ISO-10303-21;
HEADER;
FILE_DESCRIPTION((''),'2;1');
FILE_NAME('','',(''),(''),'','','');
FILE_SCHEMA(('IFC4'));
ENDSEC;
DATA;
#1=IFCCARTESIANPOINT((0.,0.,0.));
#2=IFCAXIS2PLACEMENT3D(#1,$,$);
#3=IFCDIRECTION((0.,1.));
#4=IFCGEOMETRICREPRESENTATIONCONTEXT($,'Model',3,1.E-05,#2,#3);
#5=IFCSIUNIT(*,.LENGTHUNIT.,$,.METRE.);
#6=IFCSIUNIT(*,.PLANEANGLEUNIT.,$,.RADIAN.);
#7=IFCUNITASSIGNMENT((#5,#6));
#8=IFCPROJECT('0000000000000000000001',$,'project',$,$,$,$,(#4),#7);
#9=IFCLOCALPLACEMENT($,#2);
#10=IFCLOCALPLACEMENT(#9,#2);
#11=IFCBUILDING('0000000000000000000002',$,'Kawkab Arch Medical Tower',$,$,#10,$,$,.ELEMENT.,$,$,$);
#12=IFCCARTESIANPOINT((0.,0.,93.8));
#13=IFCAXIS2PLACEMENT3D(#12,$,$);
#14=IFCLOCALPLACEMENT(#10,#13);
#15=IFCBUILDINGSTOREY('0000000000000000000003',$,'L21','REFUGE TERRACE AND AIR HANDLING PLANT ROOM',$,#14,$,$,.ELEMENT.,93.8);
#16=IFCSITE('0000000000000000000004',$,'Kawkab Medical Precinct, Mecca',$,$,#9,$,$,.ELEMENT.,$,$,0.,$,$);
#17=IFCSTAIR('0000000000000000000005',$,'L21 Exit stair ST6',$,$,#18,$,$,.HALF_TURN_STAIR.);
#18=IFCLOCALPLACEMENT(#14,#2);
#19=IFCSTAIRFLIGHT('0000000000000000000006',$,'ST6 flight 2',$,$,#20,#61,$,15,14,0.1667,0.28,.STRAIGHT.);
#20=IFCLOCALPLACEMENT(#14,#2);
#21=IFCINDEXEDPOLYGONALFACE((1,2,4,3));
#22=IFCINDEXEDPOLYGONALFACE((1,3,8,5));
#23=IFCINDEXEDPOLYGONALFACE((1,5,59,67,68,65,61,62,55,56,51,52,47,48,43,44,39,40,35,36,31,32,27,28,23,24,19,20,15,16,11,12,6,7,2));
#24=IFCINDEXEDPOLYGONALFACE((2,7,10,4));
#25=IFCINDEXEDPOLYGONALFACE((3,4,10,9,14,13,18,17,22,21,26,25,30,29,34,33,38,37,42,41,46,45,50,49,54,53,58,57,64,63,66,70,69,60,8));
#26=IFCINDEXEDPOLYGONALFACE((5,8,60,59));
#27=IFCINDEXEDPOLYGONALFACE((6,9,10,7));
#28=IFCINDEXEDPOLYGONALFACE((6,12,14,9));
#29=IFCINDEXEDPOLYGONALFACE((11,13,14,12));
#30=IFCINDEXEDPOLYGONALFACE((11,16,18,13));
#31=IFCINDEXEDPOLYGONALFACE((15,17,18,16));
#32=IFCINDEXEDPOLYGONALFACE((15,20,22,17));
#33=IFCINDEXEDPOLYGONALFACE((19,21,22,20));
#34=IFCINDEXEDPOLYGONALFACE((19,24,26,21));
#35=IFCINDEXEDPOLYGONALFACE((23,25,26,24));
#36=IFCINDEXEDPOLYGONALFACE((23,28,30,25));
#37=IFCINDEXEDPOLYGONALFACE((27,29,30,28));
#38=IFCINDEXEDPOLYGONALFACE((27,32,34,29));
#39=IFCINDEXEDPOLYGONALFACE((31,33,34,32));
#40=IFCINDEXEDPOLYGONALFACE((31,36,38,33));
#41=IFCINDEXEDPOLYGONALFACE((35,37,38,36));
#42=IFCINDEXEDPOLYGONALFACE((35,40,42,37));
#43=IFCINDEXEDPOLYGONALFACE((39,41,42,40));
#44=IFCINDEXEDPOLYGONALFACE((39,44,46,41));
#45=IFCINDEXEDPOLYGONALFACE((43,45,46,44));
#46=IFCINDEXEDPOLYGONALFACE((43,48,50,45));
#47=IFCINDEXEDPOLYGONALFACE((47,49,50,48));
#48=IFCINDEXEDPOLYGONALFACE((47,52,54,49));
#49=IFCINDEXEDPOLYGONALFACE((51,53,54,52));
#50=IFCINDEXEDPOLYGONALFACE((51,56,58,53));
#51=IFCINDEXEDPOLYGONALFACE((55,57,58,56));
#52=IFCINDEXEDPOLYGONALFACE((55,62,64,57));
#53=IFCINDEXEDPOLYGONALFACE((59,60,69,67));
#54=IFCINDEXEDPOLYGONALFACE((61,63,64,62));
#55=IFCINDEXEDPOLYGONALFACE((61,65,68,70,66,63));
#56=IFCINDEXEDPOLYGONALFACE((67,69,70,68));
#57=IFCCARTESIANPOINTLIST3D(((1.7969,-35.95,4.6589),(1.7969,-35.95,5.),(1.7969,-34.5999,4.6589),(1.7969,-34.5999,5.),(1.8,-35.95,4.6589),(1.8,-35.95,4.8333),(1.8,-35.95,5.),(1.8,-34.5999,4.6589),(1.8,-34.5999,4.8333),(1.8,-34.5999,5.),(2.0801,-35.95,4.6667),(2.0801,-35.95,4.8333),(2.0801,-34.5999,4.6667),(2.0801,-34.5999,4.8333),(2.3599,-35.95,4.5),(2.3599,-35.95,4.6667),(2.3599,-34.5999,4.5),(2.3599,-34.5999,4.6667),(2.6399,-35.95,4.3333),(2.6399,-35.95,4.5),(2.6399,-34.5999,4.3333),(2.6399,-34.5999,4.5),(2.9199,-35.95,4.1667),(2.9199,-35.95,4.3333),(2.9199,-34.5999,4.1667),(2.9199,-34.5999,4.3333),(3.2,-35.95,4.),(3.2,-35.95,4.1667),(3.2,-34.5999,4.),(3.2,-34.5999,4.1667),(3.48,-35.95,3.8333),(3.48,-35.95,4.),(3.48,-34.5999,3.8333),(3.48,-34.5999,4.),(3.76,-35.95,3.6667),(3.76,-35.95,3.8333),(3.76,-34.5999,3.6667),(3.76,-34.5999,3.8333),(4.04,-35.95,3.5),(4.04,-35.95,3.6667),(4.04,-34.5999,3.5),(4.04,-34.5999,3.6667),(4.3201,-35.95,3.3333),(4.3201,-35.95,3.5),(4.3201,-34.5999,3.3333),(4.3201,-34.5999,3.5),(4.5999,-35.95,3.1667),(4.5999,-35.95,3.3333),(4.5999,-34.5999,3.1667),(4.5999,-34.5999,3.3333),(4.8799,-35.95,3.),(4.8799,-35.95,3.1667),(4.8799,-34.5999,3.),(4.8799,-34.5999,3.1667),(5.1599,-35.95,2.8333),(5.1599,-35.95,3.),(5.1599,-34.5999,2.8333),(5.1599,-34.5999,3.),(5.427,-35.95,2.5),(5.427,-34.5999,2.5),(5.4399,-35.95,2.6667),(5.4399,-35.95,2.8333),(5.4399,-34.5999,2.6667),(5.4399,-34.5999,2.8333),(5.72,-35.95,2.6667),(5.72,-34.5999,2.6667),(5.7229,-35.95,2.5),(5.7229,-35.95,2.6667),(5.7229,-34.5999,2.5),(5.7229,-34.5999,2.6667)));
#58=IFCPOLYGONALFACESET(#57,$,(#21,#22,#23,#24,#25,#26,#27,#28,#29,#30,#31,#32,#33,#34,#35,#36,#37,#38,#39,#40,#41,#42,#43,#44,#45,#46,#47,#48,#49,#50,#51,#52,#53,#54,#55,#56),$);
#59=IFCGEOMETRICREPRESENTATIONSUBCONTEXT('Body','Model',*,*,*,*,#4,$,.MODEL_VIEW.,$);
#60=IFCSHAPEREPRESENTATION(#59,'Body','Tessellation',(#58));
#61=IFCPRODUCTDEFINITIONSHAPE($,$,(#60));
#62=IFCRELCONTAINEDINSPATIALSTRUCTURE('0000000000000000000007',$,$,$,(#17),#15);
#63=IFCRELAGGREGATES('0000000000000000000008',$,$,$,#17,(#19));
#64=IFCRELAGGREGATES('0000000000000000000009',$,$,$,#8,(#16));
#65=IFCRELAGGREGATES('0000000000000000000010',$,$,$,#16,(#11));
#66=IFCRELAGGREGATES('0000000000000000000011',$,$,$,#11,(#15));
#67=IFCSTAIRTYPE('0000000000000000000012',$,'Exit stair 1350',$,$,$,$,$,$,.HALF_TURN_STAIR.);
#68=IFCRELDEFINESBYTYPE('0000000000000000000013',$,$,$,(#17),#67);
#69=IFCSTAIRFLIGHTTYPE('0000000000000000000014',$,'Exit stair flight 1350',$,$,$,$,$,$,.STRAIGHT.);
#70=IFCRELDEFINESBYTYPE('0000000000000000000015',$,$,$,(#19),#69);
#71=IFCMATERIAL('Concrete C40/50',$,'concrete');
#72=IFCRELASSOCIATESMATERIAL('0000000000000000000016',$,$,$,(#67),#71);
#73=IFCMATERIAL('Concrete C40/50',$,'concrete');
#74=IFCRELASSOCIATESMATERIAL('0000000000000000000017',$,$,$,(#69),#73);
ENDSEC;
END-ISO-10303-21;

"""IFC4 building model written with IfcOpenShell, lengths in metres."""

from ifc_helpers import new_model, si_unit, direction, frame, origin, place, context, subcontext, project, spatial, polyline, outline, extrude, material, type_object, element, aggregate, save


model = new_model("IFC4")

# Units and contexts
model_context = context("Model", 3, precision=1e-05, world=origin(), true_north=direction((0.0, 1.0)))
body_context = subcontext(model_context, "Body", "Model", "MODEL_VIEW")
ifc_project = project(units=[si_unit("LENGTHUNIT", "METRE"), si_unit("PLANEANGLEUNIT", "RADIAN")], contexts=[model_context])

# Site, building, storey
site_placement = place(None, origin())
site = spatial("IfcSite", under=ifc_project, at=site_placement, Name="Kawkab Medical Precinct, Mecca", CompositionType="ELEMENT", RefElevation=0.0)
building_placement = place(site_placement, origin())
building = spatial("IfcBuilding", under=site, at=building_placement, Name="Kawkab Arch Medical Tower", CompositionType="ELEMENT")
storey_placement = place(building_placement, frame((0.0, 0.0, 93.8)))
storey = spatial("IfcBuildingStorey", under=building, at=storey_placement, Name="L21", Description="REFUGE TERRACE AND AIR HANDLING PLANT ROOM", CompositionType="ELEMENT", Elevation=93.8)

# Shared definitions
placement = place(storey_placement, origin())

# Stair, stair flight
ifc_material_1 = material(Name="Concrete C40/50", Category="concrete")
stair_type = type_object("IfcStairType", Name="Exit stair 1350", PredefinedType="HALF_TURN_STAIR", material=ifc_material_1)
stair = element("IfcStair", 1, at=placement, inside=storey, type_object=stair_type, Name="L21 Exit stair ST6", PredefinedType="HALF_TURN_STAIR")
ifc_material_2 = material(Name="Concrete C40/50", Category="concrete")
stair_flight_type = type_object("IfcStairFlightType", Name="Exit stair flight 1350", PredefinedType="STRAIGHT", material=ifc_material_2)
stair_flight_placement = place(storey_placement, frame((5.72, -35.2749, 2.5), z_axis=(0.0, 0.0, 1.0), x_axis=(-1.0, 0.0, 0.0)))
stair_flight = element("IfcStairFlight", 2, at=stair_flight_placement, type_object=stair_flight_type, Name="ST6 flight 2", NumberOfRisers=15, NumberOfTreads=14, PredefinedType="STRAIGHT", RiserHeight=0.1667, TreadLength=0.28, context=body_context, shape_type="SweptSolid", body=[
    extrude(outline(polyline([(-0.0029, 0.0), (-0.0029, 0.1667), (0.0, 0.1667), (0.28, 0.1667), (0.28, 0.3333), (0.5601, 0.3333), (0.5601, 0.5), (0.8401, 0.5), (0.8401, 0.6667), (1.1201, 0.6667), (1.1201, 0.8333), (1.3999, 0.8333), (1.3999, 1.0), (1.6799, 1.0), (1.6799, 1.1667), (1.96, 1.1667), (1.96, 1.3333), (2.24, 1.3333), (2.24, 1.5), (2.52, 1.5), (2.52, 1.6667), (2.8, 1.6667), (2.8, 1.8333), (3.0801, 1.8333), (3.0801, 2.0), (3.3601, 2.0), (3.3601, 2.1667), (3.6399, 2.1667), (3.6399, 2.3333), (3.9199, 2.3333), (3.9199, 2.5), (3.9231, 2.5), (3.9231, 2.1589), (3.9199, 2.1589), (0.293, 0.0), (-0.0029, 0.0)])), frame((0.0, 0.675, 0.0), z_axis=(0.0, -1.0, 0.0), x_axis=(1.0, 0.0, 0.0)), (0.0, 0.0, 1.0), 1.3501),
])
aggregate(stair, [stair_flight])

save(model, "model.ifc")
